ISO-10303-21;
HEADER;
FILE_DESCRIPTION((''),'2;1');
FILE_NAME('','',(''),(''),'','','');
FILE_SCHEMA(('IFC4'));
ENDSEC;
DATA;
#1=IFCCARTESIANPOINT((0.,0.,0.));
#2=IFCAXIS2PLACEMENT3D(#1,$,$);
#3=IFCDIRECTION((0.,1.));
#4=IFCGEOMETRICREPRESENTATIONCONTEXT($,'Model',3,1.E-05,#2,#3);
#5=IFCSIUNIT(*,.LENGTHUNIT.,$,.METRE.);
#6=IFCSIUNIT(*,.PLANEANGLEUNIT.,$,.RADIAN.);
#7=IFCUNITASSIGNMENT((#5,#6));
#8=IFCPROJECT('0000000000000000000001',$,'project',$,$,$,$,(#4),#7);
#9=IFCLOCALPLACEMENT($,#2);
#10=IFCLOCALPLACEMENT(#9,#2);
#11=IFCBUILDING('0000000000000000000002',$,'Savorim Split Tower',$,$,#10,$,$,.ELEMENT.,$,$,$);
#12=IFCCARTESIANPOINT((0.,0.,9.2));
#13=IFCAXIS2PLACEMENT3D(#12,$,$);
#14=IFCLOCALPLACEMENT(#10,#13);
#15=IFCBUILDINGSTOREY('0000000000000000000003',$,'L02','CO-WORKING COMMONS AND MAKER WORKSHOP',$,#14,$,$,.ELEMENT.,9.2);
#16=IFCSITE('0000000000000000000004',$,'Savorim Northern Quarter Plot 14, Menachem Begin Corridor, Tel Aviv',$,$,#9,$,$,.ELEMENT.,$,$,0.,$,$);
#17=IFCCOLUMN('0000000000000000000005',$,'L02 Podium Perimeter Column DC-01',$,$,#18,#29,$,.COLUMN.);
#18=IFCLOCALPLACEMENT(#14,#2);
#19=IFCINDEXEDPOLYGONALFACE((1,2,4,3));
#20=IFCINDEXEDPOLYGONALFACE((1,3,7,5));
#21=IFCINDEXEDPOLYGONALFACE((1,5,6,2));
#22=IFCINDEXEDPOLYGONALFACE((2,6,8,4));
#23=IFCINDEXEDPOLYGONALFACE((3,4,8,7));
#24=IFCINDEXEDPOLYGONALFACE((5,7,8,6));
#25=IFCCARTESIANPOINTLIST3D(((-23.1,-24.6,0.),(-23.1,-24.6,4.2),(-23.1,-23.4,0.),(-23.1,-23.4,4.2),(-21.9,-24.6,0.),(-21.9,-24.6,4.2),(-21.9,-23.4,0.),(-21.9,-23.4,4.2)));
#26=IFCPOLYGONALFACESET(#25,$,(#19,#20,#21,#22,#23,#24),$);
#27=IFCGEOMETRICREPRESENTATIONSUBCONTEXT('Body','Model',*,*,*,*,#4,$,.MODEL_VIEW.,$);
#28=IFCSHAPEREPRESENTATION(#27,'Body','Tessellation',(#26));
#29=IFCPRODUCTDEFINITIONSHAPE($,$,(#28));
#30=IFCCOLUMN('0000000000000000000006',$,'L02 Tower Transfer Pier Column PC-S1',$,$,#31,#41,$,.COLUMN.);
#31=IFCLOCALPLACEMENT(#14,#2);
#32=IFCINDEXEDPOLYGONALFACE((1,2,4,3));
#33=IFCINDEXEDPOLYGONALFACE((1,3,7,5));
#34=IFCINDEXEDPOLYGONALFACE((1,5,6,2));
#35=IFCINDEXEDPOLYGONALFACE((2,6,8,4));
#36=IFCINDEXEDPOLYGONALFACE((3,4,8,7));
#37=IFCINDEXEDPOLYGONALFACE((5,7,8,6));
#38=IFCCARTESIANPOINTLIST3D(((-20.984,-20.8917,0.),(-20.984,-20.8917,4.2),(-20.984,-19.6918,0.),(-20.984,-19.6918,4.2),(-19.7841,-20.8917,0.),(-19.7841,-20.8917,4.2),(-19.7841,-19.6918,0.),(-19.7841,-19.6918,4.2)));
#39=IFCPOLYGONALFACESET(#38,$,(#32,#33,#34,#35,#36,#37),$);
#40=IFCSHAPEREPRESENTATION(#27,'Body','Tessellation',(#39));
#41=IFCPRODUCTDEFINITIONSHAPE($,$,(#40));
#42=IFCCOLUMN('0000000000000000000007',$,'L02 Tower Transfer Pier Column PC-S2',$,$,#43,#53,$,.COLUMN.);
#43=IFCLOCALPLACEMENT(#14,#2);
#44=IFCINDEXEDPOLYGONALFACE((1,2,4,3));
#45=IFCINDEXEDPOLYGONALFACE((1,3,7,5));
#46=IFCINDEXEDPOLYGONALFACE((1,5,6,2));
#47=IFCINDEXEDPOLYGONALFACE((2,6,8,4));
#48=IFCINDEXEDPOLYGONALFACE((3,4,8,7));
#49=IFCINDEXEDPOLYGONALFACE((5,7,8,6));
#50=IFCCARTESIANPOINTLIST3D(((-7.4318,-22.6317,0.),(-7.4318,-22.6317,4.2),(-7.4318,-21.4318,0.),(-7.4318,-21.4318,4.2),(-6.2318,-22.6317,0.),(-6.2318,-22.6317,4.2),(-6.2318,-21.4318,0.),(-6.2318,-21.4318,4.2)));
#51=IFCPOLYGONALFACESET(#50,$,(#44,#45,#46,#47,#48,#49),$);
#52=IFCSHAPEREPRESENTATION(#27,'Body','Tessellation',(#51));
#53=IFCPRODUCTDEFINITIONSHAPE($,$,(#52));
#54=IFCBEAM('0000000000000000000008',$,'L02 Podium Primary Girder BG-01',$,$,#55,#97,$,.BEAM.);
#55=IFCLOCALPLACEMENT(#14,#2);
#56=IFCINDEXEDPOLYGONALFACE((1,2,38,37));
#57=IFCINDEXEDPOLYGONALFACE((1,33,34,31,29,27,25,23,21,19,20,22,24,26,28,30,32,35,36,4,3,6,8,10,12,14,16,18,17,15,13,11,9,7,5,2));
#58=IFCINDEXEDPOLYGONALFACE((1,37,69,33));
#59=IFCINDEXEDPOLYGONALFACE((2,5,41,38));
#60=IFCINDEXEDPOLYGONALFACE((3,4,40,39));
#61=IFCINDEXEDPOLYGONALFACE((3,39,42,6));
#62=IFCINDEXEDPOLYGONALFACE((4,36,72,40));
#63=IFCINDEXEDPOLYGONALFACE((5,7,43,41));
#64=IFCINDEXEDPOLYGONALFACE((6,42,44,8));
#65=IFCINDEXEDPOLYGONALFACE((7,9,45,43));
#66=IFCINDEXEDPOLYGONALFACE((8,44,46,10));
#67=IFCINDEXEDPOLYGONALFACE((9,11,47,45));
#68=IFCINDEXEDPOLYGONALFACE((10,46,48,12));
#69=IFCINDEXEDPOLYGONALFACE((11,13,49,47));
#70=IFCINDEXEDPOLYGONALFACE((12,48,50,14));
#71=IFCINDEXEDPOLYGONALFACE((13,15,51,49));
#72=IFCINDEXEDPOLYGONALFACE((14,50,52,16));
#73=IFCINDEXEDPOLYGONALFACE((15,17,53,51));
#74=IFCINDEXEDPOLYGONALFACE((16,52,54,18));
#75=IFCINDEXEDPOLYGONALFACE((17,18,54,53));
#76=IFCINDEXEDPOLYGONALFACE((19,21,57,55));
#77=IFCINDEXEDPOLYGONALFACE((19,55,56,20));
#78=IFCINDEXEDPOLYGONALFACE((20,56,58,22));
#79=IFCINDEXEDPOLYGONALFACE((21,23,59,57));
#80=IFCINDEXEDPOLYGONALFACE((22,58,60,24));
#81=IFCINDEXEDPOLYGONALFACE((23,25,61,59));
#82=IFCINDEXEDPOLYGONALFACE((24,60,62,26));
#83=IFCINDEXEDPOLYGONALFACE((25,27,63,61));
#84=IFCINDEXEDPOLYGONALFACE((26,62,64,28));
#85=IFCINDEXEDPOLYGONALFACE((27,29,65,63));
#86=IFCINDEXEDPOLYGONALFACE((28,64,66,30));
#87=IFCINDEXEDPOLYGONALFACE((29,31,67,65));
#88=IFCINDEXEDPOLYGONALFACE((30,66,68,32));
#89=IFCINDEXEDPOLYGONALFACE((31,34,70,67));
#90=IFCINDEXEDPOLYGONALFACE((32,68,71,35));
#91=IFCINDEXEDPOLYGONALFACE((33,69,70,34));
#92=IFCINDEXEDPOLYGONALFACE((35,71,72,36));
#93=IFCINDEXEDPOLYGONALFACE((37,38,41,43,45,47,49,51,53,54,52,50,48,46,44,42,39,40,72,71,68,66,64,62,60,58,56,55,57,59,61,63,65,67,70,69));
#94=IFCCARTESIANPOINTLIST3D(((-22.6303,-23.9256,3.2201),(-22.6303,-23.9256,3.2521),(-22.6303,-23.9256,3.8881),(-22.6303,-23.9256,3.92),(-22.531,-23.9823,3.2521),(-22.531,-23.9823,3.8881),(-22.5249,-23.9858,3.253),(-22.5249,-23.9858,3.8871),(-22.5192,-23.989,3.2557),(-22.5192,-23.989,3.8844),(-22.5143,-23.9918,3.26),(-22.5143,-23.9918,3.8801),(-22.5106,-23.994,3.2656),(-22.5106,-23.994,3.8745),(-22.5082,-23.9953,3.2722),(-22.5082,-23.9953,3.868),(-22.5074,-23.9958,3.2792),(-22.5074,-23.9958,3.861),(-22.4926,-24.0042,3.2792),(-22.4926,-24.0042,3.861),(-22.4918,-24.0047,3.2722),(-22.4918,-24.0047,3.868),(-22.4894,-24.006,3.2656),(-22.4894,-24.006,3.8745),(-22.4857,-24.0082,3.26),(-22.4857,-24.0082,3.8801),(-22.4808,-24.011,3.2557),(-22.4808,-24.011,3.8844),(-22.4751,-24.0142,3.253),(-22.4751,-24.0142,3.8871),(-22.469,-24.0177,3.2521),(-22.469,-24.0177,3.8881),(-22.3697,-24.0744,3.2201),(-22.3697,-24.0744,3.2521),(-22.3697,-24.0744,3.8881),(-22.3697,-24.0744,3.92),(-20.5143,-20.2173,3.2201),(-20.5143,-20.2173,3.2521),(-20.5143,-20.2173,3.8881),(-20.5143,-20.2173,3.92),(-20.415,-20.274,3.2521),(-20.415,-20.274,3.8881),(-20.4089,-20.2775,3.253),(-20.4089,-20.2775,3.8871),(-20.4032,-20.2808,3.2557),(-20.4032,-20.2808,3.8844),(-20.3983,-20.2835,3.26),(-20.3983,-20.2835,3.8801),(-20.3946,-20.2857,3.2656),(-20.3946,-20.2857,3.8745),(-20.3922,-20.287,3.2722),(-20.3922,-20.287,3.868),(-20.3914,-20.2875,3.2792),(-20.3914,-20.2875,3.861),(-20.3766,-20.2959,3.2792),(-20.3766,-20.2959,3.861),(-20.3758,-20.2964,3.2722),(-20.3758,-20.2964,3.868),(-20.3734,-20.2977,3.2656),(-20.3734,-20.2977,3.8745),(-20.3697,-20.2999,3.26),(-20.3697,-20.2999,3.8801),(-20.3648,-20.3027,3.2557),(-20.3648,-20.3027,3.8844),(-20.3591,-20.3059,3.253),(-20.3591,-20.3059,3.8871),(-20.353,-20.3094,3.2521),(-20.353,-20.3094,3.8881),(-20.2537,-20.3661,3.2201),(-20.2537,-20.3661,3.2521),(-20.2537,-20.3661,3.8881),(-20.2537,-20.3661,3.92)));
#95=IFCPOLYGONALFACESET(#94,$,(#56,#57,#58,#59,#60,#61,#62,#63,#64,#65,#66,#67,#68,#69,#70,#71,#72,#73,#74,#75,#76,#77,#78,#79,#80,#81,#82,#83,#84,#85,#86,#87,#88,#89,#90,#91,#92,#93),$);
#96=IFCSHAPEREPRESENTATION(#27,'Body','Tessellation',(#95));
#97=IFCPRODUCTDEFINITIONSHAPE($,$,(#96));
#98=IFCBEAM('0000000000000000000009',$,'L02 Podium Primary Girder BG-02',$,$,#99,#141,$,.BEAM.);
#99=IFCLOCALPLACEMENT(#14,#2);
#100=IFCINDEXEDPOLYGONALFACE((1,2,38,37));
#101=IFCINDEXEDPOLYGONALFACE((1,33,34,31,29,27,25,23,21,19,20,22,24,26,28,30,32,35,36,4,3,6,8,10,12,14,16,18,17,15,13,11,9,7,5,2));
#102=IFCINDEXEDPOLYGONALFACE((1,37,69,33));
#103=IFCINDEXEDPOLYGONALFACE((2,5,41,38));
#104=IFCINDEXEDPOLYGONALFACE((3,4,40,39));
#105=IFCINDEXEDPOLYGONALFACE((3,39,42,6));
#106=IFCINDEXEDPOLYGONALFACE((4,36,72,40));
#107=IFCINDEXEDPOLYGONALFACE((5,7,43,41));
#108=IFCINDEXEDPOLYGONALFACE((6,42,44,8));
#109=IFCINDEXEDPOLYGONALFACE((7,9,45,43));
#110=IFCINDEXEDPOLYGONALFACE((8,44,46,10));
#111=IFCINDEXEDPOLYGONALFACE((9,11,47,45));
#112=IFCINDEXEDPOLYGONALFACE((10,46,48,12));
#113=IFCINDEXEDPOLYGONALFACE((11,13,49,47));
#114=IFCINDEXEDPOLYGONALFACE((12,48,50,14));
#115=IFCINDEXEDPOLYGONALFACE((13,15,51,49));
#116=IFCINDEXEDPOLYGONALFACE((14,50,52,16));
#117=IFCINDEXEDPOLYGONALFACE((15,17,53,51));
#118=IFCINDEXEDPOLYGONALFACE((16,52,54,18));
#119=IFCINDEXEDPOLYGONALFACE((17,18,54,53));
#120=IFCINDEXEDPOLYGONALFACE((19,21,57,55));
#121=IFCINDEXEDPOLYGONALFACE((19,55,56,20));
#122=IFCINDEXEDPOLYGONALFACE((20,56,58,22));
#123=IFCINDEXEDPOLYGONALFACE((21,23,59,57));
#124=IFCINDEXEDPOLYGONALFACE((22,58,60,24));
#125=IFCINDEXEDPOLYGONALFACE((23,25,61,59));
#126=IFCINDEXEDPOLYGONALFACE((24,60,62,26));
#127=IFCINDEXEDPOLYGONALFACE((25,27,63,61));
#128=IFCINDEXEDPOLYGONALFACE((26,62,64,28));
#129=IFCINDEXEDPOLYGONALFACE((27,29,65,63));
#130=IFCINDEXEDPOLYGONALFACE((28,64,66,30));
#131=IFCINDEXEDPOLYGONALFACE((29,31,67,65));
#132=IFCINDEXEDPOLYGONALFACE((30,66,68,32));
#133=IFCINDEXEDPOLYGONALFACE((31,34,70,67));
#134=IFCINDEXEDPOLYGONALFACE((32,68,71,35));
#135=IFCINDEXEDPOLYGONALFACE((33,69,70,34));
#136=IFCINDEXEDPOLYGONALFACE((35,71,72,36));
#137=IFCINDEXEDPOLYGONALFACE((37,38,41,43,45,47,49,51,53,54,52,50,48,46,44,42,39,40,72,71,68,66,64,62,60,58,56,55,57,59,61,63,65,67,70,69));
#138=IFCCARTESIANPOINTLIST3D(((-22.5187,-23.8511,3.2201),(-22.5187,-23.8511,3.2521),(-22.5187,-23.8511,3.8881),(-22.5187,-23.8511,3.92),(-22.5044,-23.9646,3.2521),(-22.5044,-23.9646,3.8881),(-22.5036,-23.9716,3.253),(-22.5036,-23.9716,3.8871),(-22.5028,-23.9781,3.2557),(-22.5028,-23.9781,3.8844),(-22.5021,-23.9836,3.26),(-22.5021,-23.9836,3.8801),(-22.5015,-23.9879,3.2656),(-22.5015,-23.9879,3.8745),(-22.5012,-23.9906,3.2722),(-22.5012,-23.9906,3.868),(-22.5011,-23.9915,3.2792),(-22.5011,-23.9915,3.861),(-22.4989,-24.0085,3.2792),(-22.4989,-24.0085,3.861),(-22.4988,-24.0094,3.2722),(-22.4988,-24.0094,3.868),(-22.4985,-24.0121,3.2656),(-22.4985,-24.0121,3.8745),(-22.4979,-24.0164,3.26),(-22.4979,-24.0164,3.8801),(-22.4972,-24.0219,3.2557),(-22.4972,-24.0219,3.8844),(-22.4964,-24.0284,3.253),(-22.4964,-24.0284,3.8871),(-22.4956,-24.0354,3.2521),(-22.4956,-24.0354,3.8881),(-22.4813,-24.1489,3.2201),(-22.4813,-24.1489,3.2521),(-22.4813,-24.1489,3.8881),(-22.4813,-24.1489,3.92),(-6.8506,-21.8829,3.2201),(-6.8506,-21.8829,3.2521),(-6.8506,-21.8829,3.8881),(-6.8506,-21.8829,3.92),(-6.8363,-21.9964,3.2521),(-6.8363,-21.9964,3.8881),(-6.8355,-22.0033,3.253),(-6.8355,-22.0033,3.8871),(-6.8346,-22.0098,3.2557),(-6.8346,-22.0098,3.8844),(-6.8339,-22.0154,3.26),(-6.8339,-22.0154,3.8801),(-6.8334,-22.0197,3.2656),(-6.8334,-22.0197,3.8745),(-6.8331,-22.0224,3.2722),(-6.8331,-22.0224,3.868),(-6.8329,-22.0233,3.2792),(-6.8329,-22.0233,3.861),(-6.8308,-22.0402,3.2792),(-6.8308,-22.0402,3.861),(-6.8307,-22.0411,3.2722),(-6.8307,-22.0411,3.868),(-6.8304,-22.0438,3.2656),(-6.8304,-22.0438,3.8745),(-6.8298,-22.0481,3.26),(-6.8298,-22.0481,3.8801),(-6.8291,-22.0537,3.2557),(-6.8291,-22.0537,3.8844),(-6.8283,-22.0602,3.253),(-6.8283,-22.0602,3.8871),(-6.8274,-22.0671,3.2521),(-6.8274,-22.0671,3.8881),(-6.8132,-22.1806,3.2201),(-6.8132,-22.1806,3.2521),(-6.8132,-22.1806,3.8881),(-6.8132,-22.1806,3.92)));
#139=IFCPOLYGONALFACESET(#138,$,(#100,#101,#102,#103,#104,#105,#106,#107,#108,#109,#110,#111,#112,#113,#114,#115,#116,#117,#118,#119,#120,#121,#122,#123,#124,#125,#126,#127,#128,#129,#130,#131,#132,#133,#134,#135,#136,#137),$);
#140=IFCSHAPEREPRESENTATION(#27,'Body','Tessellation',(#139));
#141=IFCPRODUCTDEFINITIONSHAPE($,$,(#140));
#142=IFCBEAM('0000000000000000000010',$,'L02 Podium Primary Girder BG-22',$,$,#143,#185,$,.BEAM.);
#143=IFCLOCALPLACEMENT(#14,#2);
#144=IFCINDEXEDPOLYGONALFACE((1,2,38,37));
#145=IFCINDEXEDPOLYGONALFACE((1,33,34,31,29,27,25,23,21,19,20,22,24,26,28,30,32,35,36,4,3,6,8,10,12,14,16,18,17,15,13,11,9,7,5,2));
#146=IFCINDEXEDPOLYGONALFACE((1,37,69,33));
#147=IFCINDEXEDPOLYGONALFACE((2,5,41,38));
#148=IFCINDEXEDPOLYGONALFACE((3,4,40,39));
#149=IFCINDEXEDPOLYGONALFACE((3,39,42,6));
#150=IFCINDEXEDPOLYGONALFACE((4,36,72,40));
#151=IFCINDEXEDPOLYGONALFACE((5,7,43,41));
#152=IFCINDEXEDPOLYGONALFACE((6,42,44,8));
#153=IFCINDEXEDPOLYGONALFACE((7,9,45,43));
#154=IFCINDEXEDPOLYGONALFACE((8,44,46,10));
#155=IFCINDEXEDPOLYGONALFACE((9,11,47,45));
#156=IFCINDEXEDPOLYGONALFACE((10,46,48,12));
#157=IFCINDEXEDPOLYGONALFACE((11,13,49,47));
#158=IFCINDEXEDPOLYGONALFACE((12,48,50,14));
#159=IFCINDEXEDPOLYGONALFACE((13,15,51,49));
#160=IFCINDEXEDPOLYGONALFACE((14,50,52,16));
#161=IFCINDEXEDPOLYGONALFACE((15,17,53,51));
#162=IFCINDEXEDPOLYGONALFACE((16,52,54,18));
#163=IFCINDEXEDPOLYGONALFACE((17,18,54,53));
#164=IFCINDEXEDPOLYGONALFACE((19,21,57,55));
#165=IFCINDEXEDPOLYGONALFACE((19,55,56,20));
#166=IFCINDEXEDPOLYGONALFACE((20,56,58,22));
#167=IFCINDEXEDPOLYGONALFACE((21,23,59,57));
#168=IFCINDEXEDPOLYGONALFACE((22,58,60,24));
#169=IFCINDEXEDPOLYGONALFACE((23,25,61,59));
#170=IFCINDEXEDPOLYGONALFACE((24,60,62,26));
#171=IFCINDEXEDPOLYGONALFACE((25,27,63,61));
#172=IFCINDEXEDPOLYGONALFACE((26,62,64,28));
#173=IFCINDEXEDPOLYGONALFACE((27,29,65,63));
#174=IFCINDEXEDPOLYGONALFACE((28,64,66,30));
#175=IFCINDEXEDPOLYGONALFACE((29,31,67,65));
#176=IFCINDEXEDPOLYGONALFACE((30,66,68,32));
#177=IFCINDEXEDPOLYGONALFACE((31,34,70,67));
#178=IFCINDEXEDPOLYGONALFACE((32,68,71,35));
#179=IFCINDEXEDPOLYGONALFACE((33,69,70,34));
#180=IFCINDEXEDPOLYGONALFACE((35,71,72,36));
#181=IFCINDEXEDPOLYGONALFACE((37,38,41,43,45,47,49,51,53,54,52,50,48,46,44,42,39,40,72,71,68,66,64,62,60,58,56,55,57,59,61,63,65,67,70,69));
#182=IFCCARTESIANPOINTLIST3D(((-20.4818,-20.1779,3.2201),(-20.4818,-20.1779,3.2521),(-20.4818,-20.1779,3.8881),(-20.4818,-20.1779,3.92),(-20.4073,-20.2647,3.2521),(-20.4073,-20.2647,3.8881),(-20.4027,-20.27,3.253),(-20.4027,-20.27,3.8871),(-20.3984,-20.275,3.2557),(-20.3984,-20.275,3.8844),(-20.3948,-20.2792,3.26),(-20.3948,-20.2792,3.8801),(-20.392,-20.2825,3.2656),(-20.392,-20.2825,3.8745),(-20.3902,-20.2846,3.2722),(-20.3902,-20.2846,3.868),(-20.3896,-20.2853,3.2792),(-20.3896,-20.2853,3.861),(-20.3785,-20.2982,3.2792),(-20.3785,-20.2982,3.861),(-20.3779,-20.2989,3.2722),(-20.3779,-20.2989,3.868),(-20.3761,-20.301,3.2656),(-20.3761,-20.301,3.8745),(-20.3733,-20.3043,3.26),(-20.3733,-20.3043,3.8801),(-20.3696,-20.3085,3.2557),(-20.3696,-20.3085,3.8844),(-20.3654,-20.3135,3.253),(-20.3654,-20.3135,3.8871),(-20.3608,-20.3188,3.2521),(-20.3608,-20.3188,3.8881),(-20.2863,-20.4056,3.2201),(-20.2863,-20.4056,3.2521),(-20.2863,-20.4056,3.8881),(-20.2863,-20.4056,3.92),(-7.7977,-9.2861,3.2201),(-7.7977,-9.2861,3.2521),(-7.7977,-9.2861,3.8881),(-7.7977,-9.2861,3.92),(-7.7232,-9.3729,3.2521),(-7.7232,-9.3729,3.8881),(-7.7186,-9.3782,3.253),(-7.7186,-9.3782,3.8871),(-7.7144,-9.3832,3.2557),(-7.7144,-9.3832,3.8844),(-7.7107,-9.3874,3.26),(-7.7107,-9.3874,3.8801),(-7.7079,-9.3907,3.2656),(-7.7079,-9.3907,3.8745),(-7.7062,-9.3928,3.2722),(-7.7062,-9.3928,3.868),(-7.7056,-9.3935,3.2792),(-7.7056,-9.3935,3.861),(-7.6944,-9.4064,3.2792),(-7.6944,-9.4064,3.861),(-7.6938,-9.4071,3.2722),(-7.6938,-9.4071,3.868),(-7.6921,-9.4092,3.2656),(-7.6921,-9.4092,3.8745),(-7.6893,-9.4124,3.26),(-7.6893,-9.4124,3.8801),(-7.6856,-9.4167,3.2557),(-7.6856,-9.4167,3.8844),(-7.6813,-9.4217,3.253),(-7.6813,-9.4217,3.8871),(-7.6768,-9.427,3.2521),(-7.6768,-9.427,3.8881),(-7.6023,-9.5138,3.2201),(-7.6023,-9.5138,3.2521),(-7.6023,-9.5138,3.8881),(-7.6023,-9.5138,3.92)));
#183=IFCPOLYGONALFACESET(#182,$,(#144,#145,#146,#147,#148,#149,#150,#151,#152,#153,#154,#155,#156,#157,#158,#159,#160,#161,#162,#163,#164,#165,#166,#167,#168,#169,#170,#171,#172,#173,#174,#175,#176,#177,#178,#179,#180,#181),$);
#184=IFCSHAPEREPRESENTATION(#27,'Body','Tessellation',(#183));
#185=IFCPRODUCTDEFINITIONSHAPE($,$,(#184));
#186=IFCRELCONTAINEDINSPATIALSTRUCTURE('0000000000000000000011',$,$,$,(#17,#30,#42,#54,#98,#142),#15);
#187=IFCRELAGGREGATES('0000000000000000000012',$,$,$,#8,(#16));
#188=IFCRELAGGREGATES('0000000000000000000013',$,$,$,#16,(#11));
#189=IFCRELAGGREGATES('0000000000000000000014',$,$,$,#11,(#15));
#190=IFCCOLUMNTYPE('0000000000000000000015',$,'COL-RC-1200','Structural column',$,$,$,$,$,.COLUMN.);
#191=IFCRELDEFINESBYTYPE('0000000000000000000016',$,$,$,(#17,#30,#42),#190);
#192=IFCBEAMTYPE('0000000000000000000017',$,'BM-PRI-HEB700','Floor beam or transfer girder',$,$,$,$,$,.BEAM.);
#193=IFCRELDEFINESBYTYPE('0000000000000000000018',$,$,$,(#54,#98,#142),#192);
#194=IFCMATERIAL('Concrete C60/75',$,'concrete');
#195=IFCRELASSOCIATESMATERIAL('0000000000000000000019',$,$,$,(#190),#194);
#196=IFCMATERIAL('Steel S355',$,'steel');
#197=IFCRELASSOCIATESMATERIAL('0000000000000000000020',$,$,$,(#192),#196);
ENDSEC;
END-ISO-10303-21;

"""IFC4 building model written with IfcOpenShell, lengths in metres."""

from ifc_helpers import new_model, si_unit, direction, frame, origin, origin_2d, place, context, subcontext, project, spatial, rectangle, i_section, extrude, material, material_profile, profile_set, type_object, element, save


model = new_model("IFC4")

# Units and contexts
model_context = context("Model", 3, precision=1e-05, world=origin(), true_north=direction((0.0, 1.0)))
body_context = subcontext(model_context, "Body", "Model", "MODEL_VIEW")
ifc_project = project(units=[si_unit("LENGTHUNIT", "METRE"), si_unit("PLANEANGLEUNIT", "RADIAN")], contexts=[model_context])

# Site, building, storey
site_placement = place(None, origin())
site = spatial("IfcSite", under=ifc_project, at=site_placement, Name="Savorim Northern Quarter Plot 14, Menachem Begin Corridor, Tel Aviv", CompositionType="ELEMENT", RefElevation=0.0)
building_placement = place(site_placement, origin())
building = spatial("IfcBuilding", under=site, at=building_placement, Name="Savorim Split Tower", CompositionType="ELEMENT")
storey_placement = place(building_placement, frame((0.0, 0.0, 9.2)))
storey = spatial("IfcBuildingStorey", under=building, at=storey_placement, Name="L02", Description="CO-WORKING COMMONS AND MAKER WORKSHOP", CompositionType="ELEMENT", Elevation=9.2)

# Columns
ifc_material_1 = material(Name="Concrete C60/75", Category="concrete")
ifc_material_profile_1 = material_profile(ifc_material_1, rectangle(XDim=1.2, YDim=1.2, at=origin_2d()), Name="RC 1200x1200")
ifc_profile_set_1 = profile_set([ifc_material_profile_1], Name="Concrete C60/75")
column_type = type_object("IfcColumnType", Name="COL-RC-1200", Description="Structural column", PredefinedType="COLUMN", material=ifc_profile_set_1)
for number, where, z_axis, x_axis, name in (
    (1, (-22.5, -24.0, 0.0), (0.0, 0.0, 1.0), (1.0, 0.0, 0.0), "L02 Podium Perimeter Column DC-01"),
    (2, (-20.384, -20.2917, 0.0), (0.0, 0.0, 1.0), (1.0, 0.0, 0.0), "L02 Tower Transfer Pier Column PC-S1"),
    (3, (-6.8318, -22.0317, 0.0), (0.0, 0.0, 1.0), (1.0, 0.0, 0.0), "L02 Tower Transfer Pier Column PC-S2"),
):
    element("IfcColumn", number, at=place(storey_placement, frame(where, z_axis=z_axis, x_axis=x_axis)), inside=storey, type_object=column_type, Name=name, PredefinedType="COLUMN", context=body_context, shape_type="SweptSolid", body=[
        extrude(rectangle(XDim=1.2, YDim=1.2, at=origin_2d()), origin(), (0.0, 0.0, 1.0), 4.2),
    ])

# Beams
ifc_material_2 = material(Name="Steel S355", Category="steel")
ifc_material_profile_2 = material_profile(ifc_material_2, i_section(OverallWidth=0.3, OverallDepth=0.7, WebThickness=0.0171, FlangeThickness=0.032, FilletRadius=0.0271, at=origin_2d()), Name="HEB 700")
ifc_profile_set_2 = profile_set([ifc_material_profile_2], Name="Steel S355")
beam_type = type_object("IfcBeamType", Name="BM-PRI-HEB700", Description="Floor beam or transfer girder", PredefinedType="BEAM", material=ifc_profile_set_2)
beam_1_placement = place(storey_placement, frame((-22.5, -24.0, 3.5701), z_axis=(0.495603, 0.868549, 0.0), x_axis=(-0.868549, 0.495603, 0.0)))
element("IfcBeam", 4, at=beam_1_placement, inside=storey, type_object=beam_type, Name="L02 Podium Primary Girder BG-01", PredefinedType="BEAM", context=body_context, shape_type="SweptSolid", body=[
    extrude(i_section(OverallWidth=0.3, OverallDepth=0.7, WebThickness=0.0171, FlangeThickness=0.032, FilletRadius=0.0271, at=origin_2d()), origin(), (0.0, 0.0, 1.0), 4.2695),
])
beam_2_placement = place(storey_placement, frame((-22.5, -24.0, 3.5701), z_axis=(0.992202, 0.124642, 0.0), x_axis=(-0.124642, 0.992202, 0.0)))
element("IfcBeam", 5, at=beam_2_placement, inside=storey, type_object=beam_type, Name="L02 Podium Primary Girder BG-02", PredefinedType="BEAM", context=body_context, shape_type="SweptSolid", body=[
    extrude(i_section(OverallWidth=0.3, OverallDepth=0.7, WebThickness=0.0171, FlangeThickness=0.032, FilletRadius=0.0271, at=origin_2d()), origin(), (0.0, 0.0, 1.0), 15.7913),
])
beam_3_placement = place(storey_placement, frame((-20.384, -20.2917, 3.5701), z_axis=(0.758672, 0.651473, 0.0), x_axis=(-0.651473, 0.758672, 0.0)))
element("IfcBeam", 6, at=beam_3_placement, inside=storey, type_object=beam_type, Name="L02 Podium Primary Girder BG-22", PredefinedType="BEAM", context=body_context, shape_type="SweptSolid", body=[
    extrude(i_section(OverallWidth=0.3, OverallDepth=0.7, WebThickness=0.0171, FlangeThickness=0.032, FilletRadius=0.0271, at=origin_2d()), origin(), (0.0, 0.0, 1.0), 16.7188),
])

save(model, "model.ifc")
